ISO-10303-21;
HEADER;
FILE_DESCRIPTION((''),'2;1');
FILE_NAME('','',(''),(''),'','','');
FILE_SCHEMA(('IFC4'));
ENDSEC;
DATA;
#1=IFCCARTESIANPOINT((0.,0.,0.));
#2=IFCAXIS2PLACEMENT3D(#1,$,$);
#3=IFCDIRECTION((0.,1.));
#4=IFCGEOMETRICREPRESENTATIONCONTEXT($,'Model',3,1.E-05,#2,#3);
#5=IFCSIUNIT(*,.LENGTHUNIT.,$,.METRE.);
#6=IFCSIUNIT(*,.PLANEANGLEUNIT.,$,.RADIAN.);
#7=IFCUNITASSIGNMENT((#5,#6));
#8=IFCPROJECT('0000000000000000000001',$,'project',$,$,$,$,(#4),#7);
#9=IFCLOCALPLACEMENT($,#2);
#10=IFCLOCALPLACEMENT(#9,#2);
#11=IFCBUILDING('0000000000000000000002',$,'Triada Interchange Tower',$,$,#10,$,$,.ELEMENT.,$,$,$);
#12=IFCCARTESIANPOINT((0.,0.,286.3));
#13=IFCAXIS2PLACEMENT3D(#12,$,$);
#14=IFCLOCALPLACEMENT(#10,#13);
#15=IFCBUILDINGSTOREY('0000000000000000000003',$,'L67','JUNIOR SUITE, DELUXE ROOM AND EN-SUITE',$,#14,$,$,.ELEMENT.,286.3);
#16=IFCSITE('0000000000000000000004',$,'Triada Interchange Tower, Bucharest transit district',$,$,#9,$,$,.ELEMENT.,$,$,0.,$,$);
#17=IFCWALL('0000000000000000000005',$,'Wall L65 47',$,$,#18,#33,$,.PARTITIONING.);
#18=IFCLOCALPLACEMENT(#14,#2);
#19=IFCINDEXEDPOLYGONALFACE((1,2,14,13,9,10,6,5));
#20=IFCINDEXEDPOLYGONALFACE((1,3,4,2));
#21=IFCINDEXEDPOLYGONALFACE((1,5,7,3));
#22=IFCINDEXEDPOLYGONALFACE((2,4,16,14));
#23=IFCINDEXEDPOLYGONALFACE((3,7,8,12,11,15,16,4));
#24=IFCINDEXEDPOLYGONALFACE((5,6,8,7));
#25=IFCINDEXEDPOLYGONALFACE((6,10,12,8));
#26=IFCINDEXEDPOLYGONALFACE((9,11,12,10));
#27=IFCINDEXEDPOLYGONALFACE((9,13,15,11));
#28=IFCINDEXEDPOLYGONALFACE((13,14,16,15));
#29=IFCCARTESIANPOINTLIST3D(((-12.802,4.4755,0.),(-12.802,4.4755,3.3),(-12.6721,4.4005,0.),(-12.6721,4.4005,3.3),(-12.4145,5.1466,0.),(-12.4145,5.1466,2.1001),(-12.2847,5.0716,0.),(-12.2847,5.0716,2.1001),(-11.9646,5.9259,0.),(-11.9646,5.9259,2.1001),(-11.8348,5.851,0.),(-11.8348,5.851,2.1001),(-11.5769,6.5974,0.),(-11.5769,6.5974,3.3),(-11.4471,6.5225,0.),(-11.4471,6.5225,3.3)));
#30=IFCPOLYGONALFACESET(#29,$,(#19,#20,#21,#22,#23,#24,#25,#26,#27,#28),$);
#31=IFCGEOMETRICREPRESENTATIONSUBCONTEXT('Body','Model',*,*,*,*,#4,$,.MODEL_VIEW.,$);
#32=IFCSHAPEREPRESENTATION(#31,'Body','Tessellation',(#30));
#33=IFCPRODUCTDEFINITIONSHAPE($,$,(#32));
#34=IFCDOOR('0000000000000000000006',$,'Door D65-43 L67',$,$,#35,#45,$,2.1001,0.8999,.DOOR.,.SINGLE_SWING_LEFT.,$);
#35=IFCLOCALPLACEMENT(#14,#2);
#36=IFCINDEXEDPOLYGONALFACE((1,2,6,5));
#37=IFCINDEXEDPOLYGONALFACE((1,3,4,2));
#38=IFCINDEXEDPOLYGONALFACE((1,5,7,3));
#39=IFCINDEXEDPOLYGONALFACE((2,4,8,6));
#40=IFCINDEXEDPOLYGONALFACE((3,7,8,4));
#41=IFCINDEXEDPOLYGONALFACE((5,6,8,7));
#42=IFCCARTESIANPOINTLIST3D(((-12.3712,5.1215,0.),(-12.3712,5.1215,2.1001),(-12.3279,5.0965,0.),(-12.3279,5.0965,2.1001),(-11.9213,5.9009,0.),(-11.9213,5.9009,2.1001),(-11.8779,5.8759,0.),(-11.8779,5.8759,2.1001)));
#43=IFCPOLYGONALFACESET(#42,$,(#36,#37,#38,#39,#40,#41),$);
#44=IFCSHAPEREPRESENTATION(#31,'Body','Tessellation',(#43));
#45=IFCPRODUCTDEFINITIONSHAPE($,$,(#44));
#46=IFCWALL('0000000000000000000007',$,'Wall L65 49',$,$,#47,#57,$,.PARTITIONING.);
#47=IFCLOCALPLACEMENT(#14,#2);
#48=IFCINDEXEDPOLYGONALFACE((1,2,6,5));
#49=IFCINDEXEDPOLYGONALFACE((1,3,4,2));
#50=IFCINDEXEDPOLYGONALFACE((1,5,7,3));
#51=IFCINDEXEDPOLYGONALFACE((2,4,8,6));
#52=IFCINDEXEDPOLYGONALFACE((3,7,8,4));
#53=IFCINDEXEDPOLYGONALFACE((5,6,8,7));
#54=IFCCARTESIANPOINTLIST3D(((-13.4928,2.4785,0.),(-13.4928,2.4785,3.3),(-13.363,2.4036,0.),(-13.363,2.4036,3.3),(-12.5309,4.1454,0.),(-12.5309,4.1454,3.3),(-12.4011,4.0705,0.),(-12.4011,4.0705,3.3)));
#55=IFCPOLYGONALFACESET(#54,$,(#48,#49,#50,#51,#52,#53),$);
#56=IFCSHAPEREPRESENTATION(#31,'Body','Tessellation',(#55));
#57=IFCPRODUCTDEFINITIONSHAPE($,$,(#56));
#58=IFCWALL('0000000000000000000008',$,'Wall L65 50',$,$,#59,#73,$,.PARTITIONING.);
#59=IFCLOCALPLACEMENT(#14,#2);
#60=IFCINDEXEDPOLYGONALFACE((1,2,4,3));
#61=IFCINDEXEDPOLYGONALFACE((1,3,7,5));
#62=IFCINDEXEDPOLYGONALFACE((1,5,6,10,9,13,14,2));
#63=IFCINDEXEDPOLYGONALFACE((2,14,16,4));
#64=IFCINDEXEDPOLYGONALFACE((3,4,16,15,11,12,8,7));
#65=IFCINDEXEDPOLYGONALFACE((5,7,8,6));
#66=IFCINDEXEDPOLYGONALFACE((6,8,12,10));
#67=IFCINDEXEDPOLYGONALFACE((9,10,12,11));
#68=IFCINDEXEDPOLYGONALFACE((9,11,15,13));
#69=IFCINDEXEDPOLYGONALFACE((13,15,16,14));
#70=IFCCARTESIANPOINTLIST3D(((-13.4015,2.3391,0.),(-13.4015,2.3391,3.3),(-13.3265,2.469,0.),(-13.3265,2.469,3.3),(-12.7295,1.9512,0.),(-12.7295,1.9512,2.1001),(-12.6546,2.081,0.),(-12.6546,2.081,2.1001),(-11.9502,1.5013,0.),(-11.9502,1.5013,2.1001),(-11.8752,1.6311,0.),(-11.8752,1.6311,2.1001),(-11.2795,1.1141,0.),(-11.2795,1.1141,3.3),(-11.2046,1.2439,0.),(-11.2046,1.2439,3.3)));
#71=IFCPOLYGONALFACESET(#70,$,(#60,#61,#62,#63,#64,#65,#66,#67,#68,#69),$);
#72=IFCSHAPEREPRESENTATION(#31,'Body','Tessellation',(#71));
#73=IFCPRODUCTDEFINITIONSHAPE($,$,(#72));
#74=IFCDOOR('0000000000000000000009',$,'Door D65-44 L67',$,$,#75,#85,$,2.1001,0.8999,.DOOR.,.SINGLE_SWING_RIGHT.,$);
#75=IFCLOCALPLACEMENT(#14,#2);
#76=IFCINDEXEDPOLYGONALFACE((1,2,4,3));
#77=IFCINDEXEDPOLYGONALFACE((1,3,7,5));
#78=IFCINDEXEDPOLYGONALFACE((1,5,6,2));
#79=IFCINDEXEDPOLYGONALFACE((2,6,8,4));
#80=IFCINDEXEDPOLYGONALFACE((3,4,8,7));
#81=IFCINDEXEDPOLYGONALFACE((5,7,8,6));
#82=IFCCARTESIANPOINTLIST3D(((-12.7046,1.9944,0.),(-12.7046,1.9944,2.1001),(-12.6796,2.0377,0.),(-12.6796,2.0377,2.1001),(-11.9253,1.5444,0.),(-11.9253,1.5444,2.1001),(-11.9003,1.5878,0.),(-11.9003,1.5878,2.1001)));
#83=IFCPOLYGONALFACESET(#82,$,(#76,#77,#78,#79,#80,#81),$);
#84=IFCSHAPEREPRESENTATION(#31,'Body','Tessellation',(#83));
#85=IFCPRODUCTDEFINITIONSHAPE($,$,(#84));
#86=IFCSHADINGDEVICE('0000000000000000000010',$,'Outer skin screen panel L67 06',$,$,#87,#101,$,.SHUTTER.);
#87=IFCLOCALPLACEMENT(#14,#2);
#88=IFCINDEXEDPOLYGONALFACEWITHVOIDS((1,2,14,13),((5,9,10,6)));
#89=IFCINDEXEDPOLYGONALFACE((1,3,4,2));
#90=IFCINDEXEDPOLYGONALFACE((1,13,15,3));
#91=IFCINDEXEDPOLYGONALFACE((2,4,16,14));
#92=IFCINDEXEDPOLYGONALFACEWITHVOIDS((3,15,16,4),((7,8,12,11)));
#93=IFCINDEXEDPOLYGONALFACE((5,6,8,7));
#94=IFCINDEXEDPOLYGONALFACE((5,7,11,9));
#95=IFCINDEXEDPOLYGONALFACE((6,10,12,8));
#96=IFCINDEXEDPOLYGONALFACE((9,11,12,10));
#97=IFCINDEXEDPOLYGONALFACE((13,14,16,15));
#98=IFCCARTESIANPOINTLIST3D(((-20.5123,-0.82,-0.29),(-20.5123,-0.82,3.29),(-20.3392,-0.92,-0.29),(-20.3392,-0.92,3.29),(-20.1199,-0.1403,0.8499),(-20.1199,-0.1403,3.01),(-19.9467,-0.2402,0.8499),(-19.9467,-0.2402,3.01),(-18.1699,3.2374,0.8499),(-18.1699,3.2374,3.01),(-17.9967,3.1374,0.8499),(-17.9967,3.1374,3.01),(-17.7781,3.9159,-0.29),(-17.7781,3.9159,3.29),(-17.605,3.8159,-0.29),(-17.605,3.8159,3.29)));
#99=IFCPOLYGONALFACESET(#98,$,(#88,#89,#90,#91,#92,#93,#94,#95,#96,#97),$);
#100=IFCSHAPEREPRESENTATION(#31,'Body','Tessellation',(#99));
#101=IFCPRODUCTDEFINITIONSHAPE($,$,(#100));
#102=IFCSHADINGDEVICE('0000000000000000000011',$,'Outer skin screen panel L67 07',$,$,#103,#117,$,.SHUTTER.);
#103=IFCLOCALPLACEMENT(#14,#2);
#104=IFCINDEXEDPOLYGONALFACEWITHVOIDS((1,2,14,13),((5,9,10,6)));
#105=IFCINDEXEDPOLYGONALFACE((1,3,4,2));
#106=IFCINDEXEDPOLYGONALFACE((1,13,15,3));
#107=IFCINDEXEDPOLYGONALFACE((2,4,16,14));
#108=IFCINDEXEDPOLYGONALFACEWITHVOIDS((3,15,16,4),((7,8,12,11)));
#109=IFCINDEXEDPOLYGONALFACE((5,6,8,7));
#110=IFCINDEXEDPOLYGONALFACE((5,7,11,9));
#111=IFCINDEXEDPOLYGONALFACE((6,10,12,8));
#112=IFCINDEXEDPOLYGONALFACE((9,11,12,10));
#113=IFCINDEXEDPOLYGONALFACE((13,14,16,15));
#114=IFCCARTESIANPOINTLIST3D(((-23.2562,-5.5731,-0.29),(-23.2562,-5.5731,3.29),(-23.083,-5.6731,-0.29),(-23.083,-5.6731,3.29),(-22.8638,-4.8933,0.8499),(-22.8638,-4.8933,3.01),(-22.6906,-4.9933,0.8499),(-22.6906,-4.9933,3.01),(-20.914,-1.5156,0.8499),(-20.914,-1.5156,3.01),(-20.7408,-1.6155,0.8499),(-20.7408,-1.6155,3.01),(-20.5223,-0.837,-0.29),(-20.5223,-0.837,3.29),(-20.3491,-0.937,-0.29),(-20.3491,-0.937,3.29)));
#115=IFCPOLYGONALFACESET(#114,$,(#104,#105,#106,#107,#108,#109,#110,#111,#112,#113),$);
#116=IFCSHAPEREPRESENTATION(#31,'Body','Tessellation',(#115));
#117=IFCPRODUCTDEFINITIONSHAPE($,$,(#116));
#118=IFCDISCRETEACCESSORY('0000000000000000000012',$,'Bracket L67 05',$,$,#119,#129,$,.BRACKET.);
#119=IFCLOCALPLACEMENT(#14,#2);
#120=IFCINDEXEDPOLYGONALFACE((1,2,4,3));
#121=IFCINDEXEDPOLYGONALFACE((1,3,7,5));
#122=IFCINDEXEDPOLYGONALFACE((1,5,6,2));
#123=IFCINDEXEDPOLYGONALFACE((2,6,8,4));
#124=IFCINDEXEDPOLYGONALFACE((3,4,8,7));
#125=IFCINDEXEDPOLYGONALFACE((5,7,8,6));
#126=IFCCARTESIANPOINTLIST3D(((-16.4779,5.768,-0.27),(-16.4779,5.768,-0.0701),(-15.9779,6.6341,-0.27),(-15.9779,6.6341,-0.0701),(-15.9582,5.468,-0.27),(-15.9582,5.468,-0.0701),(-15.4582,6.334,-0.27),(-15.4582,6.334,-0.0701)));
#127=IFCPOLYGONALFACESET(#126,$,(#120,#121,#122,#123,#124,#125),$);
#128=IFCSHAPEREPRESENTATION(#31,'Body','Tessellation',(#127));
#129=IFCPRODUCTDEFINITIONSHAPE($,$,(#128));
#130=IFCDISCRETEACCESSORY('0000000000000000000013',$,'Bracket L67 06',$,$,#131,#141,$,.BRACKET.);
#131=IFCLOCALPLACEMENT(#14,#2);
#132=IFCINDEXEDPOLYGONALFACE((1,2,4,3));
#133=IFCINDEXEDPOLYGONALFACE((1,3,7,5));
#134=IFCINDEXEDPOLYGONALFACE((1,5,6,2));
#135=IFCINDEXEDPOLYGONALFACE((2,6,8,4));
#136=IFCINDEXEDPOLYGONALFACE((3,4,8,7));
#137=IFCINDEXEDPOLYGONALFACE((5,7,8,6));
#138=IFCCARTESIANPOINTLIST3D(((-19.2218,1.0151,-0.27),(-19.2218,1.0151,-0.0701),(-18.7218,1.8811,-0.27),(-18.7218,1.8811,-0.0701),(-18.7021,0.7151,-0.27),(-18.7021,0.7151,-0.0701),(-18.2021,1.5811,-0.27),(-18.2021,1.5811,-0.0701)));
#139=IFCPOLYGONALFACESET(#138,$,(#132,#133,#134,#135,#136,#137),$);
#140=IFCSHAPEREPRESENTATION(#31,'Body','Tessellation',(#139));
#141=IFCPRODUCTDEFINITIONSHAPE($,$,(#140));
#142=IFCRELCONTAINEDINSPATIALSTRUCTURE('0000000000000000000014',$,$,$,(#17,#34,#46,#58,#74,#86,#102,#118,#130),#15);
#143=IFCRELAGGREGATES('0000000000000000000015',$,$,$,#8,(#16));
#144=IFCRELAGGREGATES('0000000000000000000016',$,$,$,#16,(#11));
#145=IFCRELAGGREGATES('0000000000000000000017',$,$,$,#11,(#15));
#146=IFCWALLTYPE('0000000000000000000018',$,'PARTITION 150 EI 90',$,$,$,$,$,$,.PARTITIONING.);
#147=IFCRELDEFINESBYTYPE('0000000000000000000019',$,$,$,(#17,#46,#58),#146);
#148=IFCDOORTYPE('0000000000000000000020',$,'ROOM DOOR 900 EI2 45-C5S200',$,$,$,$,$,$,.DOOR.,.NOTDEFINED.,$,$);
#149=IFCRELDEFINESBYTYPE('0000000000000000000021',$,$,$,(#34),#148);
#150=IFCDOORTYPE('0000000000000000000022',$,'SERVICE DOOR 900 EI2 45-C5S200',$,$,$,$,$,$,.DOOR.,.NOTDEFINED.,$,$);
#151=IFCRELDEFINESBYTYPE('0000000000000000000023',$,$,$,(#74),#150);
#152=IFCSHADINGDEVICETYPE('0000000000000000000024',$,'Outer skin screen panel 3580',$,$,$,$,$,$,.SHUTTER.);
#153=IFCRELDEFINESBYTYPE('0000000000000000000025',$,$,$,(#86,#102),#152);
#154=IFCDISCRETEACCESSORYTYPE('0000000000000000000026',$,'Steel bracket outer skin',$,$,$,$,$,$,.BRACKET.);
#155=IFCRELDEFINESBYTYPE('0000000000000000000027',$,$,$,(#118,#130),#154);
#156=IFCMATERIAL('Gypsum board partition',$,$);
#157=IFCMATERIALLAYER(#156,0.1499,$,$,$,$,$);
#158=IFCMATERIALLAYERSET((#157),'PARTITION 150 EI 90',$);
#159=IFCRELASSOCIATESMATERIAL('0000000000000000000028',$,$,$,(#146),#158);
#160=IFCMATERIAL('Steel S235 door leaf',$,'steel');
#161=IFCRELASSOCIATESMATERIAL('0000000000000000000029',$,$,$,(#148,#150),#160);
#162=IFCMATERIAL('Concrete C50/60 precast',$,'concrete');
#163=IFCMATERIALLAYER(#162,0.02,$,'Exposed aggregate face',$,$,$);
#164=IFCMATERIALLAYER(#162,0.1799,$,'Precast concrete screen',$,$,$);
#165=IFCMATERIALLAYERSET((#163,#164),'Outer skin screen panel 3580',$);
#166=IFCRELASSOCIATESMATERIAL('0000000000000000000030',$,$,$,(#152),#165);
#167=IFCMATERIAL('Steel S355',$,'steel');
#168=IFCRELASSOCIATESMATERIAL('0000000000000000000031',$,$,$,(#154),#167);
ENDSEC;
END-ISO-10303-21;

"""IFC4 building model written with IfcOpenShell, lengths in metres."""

from ifc_helpers import new_model, si_unit, direction, frame, frame_2d, origin, origin_2d, place, context, subcontext, project, spatial, polyline, rectangle, outline, extrude, material, layer, layer_set, type_object, element, fill, save


model = new_model("IFC4")

# Units and contexts
model_context = context("Model", 3, precision=1e-05, world=origin(), true_north=direction((0.0, 1.0)))
body_context = subcontext(model_context, "Body", "Model", "MODEL_VIEW")
ifc_project = project(units=[si_unit("LENGTHUNIT", "METRE"), si_unit("PLANEANGLEUNIT", "RADIAN")], contexts=[model_context])

# Site, building, storey
site_placement = place(None, origin())
site = spatial("IfcSite", under=ifc_project, at=site_placement, Name="Triada Interchange Tower, Bucharest transit district", CompositionType="ELEMENT", RefElevation=0.0)
building_placement = place(site_placement, origin())
building = spatial("IfcBuilding", under=site, at=building_placement, Name="Triada Interchange Tower", CompositionType="ELEMENT")
storey_placement = place(building_placement, frame((0.0, 0.0, 286.3)))
storey = spatial("IfcBuildingStorey", under=building, at=storey_placement, Name="L67", Description="JUNIOR SUITE, DELUXE ROOM AND EN-SUITE", CompositionType="ELEMENT", Elevation=286.3)

# Shared definitions
ifc_material_1 = material(Name="Steel S235 door leaf", Category="steel")

# Shared definitions
ifc_material_2 = material(Name="Gypsum board partition")
ifc_layer_1 = layer(ifc_material_2, 0.1499)
ifc_layer_set_1 = layer_set([ifc_layer_1], Name="PARTITION 150 EI 90")
wall_type_1 = type_object("IfcWallType", Name="PARTITION 150 EI 90", PredefinedType="PARTITIONING", material=ifc_layer_set_1)

# Wall, opening, door
wall_1_placement = place(storey_placement, frame((-12.7371, 4.438, 0.0), z_axis=(0.0, 0.0, 1.0), x_axis=(0.499975, 0.86604, 0.0)))
wall_1 = element("IfcWall", 1, at=wall_1_placement, inside=storey, type_object=wall_type_1, Name="Wall L65 47", PredefinedType="PARTITIONING", context=body_context, shape_type="SweptSolid", body=[
    extrude(rectangle(XDim=2.4502, YDim=0.1499, at=frame_2d((1.2251, 0.0))), origin(), (0.0, 0.0, 1.0), 3.3),
])
opening_1_placement = place(wall_1_placement, frame((0.7749, 0.0, 0.0)))
opening_1 = element("IfcOpeningElement", 2, at=opening_1_placement, cuts=wall_1, PredefinedType="OPENING", context=body_context, shape_type="SweptSolid", body=[
    extrude(rectangle(XDim=0.8999, YDim=2.1001, at=frame_2d((0.45, 1.05))), frame((0.0, 0.085, 0.0), z_axis=(0.0, -1.0, 0.0), x_axis=(1.0, 0.0, 0.0)), (0.0, 0.0, 1.0), 0.1699),
])
door_type_1 = type_object("IfcDoorType", Name="ROOM DOOR 900 EI2 45-C5S200", OperationType="NOTDEFINED", PredefinedType="DOOR", material=ifc_material_1)
door_1_placement = place(opening_1_placement, origin())
door_1 = element("IfcDoor", 3, at=door_1_placement, inside=storey, type_object=door_type_1, Name="Door D65-43 L67", OperationType="SINGLE_SWING_LEFT", OverallHeight=2.1001, OverallWidth=0.8999, PredefinedType="DOOR", context=body_context, shape_type="SweptSolid", body=[
    extrude(rectangle(XDim=0.8999, YDim=2.1001, at=frame_2d((0.45, 1.05))), frame((0.0, 0.0249, 0.0), z_axis=(0.0, -1.0, 0.0), x_axis=(1.0, 0.0, 0.0)), (0.0, 0.0, 1.0), 0.05),
])
fill(opening_1, door_1)

# Wall
wall_2_placement = place(storey_placement, frame((-13.428, 2.4409, 0.0), z_axis=(0.0, 0.0, 1.0), x_axis=(0.499796, 0.866143, 0.0)))
element("IfcWall", 4, at=wall_2_placement, inside=storey, type_object=wall_type_1, Name="Wall L65 49", PredefinedType="PARTITIONING", context=body_context, shape_type="SweptSolid", body=[
    extrude(rectangle(XDim=1.9246, YDim=0.1499, at=frame_2d((0.9624, 0.0))), origin(), (0.0, 0.0, 1.0), 3.3),
])

# Wall, opening, door
wall_3_placement = place(storey_placement, frame((-13.364, 2.4041, 0.0), z_axis=(0.0, 0.0, 1.0), x_axis=(0.86604, -0.499975, 0.0)))
wall_3 = element("IfcWall", 5, at=wall_3_placement, inside=storey, type_object=wall_type_1, Name="Wall L65 50", PredefinedType="PARTITIONING", context=body_context, shape_type="SweptSolid", body=[
    extrude(rectangle(XDim=2.4502, YDim=0.1499, at=frame_2d((1.2251, 0.0))), origin(), (0.0, 0.0, 1.0), 3.3),
])
opening_2_placement = place(wall_3_placement, frame((0.7759, 0.0, 0.0)))
opening_2 = element("IfcOpeningElement", 6, at=opening_2_placement, cuts=wall_3, PredefinedType="OPENING", context=body_context, shape_type="SweptSolid", body=[
    extrude(rectangle(XDim=0.8999, YDim=2.1001, at=frame_2d((0.45, 1.05))), frame((0.0, 0.085, 0.0), z_axis=(0.0, -1.0, 0.0), x_axis=(1.0, 0.0, 0.0)), (0.0, 0.0, 1.0), 0.1699),
])
door_type_2 = type_object("IfcDoorType", Name="SERVICE DOOR 900 EI2 45-C5S200", OperationType="NOTDEFINED", PredefinedType="DOOR", material=ifc_material_1)
door_2_placement = place(opening_2_placement, origin())
door_2 = element("IfcDoor", 7, at=door_2_placement, inside=storey, type_object=door_type_2, Name="Door D65-44 L67", OperationType="SINGLE_SWING_RIGHT", OverallHeight=2.1001, OverallWidth=0.8999, PredefinedType="DOOR", context=body_context, shape_type="SweptSolid", body=[
    extrude(rectangle(XDim=0.8999, YDim=2.1001, at=frame_2d((0.45, 1.05))), frame((0.0, 0.0249, 0.0), z_axis=(0.0, -1.0, 0.0), x_axis=(1.0, 0.0, 0.0)), (0.0, 0.0, 1.0), 0.05),
])
fill(opening_2, door_2)

# Shading devices
ifc_material_3 = material(Name="Concrete C50/60 precast", Category="concrete")
ifc_layer_2 = layer(ifc_material_3, 0.02, Name="Exposed aggregate face")
ifc_layer_3 = layer(ifc_material_3, 0.1799, Name="Precast concrete screen")
ifc_layer_set_2 = layer_set([ifc_layer_2, ifc_layer_3], Name="Outer skin screen panel 3580")
shading_device_type = type_object("IfcShadingDeviceType", Name="Outer skin screen panel 3580", PredefinedType="SHUTTER", material=ifc_layer_set_2)
for number, where, z_axis, x_axis, name in (
    (8, (-17.605, 3.8159, -0.29), (0.0, 0.0, 1.0), (-0.499985, -0.866034, 0.0), "Outer skin screen panel L67 06"),
    (9, (-20.3491, -0.937, -0.29), (0.0, 0.0, 1.0), (-0.499932, -0.866064, 0.0), "Outer skin screen panel L67 07"),
):
    element("IfcShadingDevice", number, at=place(storey_placement, frame(where, z_axis=z_axis, x_axis=x_axis)), inside=storey, type_object=shading_device_type, Name=name, PredefinedType="SHUTTER", context=body_context, shape_type="SweptSolid", body=[
        extrude(outline(polyline([(0.0, 0.0), (5.4685, 0.0), (5.4685, 3.5801), (0.0, 3.5801), (0.0, 0.0)]), holes=[polyline([(0.7834, 1.1399), (0.7834, 3.3), (4.6836, 3.3), (4.6836, 1.1399), (0.7834, 1.1399)])]), frame((0.0, 0.0, 0.0), z_axis=(0.0, -1.0, 0.0), x_axis=(1.0, 0.0, 0.0)), (0.0, 0.0, 1.0), 0.2),
    ])

# Discrete accessories
ifc_material_4 = material(Name="Steel S355", Category="steel")
discrete_accessory_type = type_object("IfcDiscreteAccessoryType", Name="Steel bracket outer skin", PredefinedType="BRACKET", material=ifc_material_4)
for number, where, z_axis, x_axis, name in (
    (10, (-15.968, 6.051, -0.27), (0.0, 0.0, 1.0), (-0.866024, 0.500002, 0.0), "Bracket L67 05"),
    (11, (-18.7119, 1.2981, -0.27), (0.0, 0.0, 1.0), (-0.866024, 0.500002, 0.0), "Bracket L67 06"),
):
    element("IfcDiscreteAccessory", number, at=place(storey_placement, frame(where, z_axis=z_axis, x_axis=x_axis)), inside=storey, type_object=discrete_accessory_type, Name=name, PredefinedType="BRACKET", context=body_context, shape_type="SweptSolid", body=[
        extrude(rectangle(XDim=0.6001, YDim=1.0, at=origin_2d()), origin(), (0.0, 0.0, 1.0), 0.2),
    ])

save(model, "model.ifc")
